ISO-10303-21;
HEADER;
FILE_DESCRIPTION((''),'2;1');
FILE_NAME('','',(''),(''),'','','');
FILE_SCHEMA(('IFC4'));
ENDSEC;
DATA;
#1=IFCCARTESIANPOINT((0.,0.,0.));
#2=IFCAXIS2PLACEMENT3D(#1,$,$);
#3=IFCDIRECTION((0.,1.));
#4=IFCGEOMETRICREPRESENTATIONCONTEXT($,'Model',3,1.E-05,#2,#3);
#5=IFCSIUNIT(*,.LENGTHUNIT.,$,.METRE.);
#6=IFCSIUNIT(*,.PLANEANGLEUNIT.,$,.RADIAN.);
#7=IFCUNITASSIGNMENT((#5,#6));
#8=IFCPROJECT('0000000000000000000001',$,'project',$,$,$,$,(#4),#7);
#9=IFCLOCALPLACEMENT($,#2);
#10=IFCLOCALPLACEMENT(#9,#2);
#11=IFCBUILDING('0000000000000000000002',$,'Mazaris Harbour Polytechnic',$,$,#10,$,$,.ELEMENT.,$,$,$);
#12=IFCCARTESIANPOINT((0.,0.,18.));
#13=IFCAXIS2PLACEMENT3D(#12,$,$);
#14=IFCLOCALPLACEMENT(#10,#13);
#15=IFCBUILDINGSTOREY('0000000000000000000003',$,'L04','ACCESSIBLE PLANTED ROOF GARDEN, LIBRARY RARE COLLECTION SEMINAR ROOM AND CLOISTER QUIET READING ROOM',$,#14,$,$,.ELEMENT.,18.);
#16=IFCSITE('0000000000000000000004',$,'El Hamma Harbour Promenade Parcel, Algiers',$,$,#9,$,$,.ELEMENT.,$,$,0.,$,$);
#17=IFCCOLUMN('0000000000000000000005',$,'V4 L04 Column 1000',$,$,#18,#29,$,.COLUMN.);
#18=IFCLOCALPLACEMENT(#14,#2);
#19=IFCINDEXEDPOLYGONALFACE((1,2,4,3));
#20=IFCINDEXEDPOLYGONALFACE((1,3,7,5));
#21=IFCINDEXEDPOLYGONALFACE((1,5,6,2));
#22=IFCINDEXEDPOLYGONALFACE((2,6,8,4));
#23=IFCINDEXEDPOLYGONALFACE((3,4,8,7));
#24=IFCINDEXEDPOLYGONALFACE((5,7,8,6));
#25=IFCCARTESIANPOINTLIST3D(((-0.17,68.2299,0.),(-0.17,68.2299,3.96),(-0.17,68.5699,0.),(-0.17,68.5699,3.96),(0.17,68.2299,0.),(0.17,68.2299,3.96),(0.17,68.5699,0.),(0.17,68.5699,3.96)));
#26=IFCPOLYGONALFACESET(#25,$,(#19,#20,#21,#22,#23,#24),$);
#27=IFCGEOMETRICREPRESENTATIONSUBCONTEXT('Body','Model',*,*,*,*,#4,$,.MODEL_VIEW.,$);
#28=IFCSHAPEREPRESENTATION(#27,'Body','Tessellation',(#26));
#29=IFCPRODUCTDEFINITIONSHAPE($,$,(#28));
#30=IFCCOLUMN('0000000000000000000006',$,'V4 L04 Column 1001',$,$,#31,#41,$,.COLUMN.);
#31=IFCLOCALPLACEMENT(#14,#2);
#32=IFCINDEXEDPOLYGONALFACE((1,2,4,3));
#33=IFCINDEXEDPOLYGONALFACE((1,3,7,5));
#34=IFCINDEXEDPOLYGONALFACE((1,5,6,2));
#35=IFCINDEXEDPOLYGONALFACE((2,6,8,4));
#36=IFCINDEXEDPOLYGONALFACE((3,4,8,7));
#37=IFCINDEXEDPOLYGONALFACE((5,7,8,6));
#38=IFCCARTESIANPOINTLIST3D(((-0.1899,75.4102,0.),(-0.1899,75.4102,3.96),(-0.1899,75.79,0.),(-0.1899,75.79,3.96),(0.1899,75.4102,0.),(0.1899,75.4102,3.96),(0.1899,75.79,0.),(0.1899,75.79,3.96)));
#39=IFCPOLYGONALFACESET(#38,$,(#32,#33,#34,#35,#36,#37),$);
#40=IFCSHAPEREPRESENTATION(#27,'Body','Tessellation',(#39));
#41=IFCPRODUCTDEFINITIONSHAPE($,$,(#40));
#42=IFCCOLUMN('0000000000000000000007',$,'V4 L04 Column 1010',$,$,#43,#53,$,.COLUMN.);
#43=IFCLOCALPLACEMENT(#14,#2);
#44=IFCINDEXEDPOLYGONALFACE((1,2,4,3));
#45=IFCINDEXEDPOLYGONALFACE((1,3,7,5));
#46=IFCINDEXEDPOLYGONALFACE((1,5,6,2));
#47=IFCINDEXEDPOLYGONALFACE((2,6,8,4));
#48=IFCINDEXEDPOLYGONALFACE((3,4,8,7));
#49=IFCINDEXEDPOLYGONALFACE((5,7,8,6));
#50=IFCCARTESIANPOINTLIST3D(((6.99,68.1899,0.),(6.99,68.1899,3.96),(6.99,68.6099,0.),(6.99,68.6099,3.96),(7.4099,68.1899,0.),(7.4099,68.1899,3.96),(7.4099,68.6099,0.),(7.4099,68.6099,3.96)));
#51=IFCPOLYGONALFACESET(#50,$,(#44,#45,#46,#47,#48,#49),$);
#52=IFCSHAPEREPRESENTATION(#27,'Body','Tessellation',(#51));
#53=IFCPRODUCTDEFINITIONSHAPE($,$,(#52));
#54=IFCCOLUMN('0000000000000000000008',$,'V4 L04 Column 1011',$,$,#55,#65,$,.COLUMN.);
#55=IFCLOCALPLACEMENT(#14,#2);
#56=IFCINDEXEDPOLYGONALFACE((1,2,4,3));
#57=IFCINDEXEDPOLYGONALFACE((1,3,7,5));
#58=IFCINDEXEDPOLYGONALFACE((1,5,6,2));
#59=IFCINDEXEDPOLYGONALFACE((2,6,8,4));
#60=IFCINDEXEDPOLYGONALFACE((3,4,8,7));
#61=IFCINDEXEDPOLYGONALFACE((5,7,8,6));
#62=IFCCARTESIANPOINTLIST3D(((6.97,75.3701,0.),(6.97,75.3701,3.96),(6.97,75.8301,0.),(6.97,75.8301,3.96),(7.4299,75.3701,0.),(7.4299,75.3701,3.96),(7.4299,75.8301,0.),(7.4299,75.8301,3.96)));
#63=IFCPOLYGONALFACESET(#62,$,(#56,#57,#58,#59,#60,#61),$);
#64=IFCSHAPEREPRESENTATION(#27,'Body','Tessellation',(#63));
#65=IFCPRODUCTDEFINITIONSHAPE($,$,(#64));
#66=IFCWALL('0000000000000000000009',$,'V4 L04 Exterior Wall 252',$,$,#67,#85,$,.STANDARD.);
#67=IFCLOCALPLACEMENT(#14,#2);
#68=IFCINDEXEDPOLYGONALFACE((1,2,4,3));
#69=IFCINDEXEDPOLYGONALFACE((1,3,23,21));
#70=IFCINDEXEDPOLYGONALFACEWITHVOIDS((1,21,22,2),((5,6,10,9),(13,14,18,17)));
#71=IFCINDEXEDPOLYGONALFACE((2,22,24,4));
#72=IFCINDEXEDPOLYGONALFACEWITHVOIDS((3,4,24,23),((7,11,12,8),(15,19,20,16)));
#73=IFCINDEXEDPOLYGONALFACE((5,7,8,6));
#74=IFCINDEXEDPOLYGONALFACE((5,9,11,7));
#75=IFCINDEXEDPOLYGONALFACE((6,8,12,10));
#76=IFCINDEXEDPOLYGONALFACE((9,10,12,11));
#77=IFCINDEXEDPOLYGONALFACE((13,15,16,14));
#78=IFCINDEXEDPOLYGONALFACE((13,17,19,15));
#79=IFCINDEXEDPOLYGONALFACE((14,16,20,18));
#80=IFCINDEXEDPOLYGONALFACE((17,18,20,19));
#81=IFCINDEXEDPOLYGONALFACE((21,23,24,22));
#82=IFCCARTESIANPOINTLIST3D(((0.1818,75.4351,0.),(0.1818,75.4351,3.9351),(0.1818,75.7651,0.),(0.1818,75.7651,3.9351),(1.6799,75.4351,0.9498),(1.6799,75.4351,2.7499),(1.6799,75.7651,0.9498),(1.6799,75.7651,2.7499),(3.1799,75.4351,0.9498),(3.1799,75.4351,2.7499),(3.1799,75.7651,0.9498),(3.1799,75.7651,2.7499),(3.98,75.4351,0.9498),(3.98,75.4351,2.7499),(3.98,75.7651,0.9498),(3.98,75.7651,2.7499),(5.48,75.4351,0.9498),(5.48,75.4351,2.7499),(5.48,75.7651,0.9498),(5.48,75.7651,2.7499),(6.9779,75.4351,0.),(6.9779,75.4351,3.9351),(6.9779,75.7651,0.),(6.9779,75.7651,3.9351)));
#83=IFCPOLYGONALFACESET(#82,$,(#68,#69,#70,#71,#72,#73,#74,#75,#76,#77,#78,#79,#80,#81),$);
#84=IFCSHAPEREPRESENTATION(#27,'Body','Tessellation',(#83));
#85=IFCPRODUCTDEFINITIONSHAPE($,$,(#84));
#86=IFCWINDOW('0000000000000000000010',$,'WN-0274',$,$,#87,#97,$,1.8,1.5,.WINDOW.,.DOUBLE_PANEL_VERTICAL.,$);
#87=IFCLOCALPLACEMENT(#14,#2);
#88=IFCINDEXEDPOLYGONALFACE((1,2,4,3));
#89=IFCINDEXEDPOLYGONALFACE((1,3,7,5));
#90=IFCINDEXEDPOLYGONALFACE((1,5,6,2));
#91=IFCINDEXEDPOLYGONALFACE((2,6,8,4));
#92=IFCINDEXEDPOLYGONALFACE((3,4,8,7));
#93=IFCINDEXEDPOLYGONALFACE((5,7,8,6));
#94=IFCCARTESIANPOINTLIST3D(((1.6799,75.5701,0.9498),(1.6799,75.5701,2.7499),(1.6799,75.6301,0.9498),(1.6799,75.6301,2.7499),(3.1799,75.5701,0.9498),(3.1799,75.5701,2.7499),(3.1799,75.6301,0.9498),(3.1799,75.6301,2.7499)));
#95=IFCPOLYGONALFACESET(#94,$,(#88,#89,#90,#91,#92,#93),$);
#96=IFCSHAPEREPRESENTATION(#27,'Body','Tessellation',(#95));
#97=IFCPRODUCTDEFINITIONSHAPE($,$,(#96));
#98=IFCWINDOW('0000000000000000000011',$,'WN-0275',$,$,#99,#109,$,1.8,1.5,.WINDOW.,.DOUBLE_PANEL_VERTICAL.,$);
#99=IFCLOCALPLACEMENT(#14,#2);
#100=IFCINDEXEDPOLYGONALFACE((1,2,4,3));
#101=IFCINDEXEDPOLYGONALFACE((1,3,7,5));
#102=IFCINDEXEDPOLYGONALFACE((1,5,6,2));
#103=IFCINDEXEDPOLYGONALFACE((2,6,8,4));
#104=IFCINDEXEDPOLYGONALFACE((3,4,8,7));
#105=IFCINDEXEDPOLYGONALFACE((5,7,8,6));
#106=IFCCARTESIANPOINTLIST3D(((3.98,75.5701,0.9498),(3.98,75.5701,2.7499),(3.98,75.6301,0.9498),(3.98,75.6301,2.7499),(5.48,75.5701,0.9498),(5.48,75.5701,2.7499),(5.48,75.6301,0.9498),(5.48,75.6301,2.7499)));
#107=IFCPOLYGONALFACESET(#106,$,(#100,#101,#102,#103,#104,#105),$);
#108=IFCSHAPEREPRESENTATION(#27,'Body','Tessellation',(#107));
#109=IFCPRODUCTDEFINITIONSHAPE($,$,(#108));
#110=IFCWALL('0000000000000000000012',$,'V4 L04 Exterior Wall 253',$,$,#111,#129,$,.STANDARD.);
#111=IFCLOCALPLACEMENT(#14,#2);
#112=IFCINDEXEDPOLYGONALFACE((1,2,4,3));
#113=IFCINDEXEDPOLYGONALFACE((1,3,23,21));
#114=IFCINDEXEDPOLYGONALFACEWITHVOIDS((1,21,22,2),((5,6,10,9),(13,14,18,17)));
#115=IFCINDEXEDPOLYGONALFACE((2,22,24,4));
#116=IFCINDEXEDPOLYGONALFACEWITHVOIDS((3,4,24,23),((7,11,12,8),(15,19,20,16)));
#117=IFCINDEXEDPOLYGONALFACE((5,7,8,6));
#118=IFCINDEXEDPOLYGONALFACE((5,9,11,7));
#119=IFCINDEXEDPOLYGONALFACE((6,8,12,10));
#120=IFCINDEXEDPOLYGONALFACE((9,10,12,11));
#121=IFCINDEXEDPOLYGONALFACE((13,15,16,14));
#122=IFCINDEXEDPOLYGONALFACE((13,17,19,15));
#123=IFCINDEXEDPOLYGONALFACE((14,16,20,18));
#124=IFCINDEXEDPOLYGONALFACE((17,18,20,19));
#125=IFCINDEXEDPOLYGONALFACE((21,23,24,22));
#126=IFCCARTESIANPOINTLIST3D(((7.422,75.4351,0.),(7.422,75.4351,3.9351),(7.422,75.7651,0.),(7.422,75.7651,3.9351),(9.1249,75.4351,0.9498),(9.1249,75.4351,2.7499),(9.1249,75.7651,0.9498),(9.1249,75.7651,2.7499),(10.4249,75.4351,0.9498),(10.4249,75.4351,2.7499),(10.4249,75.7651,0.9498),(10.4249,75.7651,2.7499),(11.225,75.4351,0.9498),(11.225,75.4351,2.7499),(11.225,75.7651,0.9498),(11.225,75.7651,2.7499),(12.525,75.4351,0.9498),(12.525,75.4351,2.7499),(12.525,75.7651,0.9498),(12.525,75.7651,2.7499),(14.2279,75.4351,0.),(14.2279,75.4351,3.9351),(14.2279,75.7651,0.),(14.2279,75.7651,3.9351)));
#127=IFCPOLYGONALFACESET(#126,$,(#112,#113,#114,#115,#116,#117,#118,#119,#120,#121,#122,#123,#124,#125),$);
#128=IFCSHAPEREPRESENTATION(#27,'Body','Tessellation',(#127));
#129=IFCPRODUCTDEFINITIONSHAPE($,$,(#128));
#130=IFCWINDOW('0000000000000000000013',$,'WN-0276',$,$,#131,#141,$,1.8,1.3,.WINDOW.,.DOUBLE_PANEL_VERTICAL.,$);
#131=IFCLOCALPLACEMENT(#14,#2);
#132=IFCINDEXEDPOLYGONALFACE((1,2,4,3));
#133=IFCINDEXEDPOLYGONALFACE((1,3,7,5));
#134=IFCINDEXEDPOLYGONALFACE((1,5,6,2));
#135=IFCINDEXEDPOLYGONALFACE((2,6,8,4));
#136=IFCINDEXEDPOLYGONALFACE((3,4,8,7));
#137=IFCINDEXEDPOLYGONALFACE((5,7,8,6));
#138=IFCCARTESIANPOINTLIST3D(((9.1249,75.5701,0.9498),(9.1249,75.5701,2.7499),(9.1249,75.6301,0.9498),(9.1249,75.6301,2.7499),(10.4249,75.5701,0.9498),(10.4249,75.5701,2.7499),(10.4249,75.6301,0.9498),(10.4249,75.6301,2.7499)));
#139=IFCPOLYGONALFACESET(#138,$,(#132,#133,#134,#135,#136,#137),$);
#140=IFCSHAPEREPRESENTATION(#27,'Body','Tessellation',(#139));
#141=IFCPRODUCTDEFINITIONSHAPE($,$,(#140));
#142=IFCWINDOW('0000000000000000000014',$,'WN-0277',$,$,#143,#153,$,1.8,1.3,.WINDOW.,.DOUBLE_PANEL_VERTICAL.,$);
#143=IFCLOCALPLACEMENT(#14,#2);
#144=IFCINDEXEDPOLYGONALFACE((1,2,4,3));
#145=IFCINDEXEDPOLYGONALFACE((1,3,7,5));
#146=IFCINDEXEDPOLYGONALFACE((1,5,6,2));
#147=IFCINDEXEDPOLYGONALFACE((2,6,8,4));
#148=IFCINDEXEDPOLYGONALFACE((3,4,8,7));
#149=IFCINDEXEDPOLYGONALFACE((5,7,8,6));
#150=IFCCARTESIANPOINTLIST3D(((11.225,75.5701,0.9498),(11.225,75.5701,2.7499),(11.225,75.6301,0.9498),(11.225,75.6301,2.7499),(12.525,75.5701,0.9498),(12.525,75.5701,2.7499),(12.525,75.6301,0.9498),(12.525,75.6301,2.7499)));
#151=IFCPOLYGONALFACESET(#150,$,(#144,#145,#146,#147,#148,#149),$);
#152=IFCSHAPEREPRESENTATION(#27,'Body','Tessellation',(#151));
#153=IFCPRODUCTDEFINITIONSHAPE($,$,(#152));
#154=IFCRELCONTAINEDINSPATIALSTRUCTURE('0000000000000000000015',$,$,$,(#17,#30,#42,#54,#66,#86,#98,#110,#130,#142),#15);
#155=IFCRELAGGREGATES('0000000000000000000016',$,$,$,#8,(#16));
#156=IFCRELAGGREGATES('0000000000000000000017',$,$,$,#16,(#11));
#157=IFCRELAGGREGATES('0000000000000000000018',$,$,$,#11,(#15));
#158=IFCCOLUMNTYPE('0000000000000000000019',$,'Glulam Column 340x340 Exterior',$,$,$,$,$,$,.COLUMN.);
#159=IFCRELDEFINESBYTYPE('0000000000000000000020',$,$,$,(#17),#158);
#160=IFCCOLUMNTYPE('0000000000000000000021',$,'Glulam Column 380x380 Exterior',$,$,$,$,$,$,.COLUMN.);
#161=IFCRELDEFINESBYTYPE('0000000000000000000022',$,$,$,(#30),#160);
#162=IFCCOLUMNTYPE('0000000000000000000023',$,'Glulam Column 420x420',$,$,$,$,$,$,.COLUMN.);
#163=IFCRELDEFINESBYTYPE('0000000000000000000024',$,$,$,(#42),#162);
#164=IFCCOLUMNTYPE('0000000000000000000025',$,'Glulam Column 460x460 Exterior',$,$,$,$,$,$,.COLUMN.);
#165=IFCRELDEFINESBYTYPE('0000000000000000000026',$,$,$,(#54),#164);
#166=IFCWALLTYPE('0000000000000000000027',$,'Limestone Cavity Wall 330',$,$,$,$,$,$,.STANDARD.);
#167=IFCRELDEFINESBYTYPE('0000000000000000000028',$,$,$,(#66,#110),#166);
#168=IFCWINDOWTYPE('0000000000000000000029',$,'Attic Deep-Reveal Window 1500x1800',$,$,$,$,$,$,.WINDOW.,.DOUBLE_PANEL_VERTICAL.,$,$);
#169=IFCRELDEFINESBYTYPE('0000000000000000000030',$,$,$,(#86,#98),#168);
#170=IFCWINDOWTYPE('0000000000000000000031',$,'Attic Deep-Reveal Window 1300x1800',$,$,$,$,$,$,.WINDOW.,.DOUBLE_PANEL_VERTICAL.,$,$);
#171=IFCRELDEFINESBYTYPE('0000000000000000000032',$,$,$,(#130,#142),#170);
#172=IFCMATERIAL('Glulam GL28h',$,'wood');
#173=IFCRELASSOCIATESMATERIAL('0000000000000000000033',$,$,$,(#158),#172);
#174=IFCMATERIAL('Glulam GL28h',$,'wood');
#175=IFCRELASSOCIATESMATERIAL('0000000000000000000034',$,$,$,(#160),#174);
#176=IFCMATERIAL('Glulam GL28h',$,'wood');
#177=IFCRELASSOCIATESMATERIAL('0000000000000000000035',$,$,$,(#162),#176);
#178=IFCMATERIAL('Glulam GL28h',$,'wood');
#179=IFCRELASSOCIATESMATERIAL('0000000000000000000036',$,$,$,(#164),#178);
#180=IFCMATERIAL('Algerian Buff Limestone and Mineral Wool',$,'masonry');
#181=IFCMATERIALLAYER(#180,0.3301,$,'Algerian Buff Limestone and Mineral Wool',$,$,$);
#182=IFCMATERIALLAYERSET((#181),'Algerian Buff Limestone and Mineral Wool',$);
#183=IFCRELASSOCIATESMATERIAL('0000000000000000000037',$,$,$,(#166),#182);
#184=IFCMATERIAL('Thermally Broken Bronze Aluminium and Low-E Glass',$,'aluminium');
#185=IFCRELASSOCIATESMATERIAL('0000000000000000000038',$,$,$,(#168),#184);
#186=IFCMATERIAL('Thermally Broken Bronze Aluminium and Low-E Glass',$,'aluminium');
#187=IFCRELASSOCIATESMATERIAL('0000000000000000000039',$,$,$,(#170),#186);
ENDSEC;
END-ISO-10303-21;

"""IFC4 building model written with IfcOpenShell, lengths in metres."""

from ifc_helpers import new_model, si_unit, direction, frame, frame_2d, origin, origin_2d, place, context, subcontext, project, spatial, rectangle, extrude, material, layer, layer_set, material_profile, profile_set, type_object, element, fill, save


model = new_model("IFC4")

# Units and contexts
model_context = context("Model", 3, precision=1e-05, world=origin(), true_north=direction((0.0, 1.0)))
body_context = subcontext(model_context, "Body", "Model", "MODEL_VIEW")
ifc_project = project(units=[si_unit("LENGTHUNIT", "METRE"), si_unit("PLANEANGLEUNIT", "RADIAN")], contexts=[model_context])

# Site, building, storey
site_placement = place(None, origin())
site = spatial("IfcSite", under=ifc_project, at=site_placement, Name="El Hamma Harbour Promenade Parcel, Algiers", CompositionType="ELEMENT", RefElevation=0.0)
building_placement = place(site_placement, origin())
building = spatial("IfcBuilding", under=site, at=building_placement, Name="Mazaris Harbour Polytechnic", CompositionType="ELEMENT")
storey_placement = place(building_placement, frame((0.0, 0.0, 18.0)))
storey = spatial("IfcBuildingStorey", under=building, at=storey_placement, Name="L04", Description="ACCESSIBLE PLANTED ROOF GARDEN, LIBRARY RARE COLLECTION SEMINAR ROOM AND CLOISTER QUIET READING ROOM", CompositionType="ELEMENT", Elevation=18.0)

# Columns
ifc_material_1 = material(Name="Glulam GL28h", Category="wood")
ifc_material_profile_1 = material_profile(ifc_material_1, rectangle(XDim=0.3401, YDim=0.3401, at=origin_2d()), Name="RECT340x340")
ifc_profile_set_1 = profile_set([ifc_material_profile_1], Name="Glulam GL28h")
column_type_1 = type_object("IfcColumnType", Name="Glulam Column 340x340 Exterior", PredefinedType="COLUMN", material=ifc_profile_set_1)
column_1_placement = place(storey_placement, frame((0.0, 68.3999, 0.0), z_axis=(0.0, 0.0, 1.0), x_axis=(1.0, 0.0, 0.0)))
element("IfcColumn", 1, at=column_1_placement, inside=storey, type_object=column_type_1, Name="V4 L04 Column 1000", PredefinedType="COLUMN", context=body_context, shape_type="SweptSolid", body=[
    extrude(rectangle(XDim=0.3401, YDim=0.3401, at=origin_2d()), origin(), (0.0, 0.0, 1.0), 3.96),
])
ifc_material_2 = material(Name="Glulam GL28h", Category="wood")
ifc_material_profile_2 = material_profile(ifc_material_2, rectangle(XDim=0.3799, YDim=0.3799, at=origin_2d()), Name="RECT380x380")
ifc_profile_set_2 = profile_set([ifc_material_profile_2], Name="Glulam GL28h")
column_type_2 = type_object("IfcColumnType", Name="Glulam Column 380x380 Exterior", PredefinedType="COLUMN", material=ifc_profile_set_2)
column_2_placement = place(storey_placement, frame((0.0, 75.6001, 0.0), z_axis=(0.0, 0.0, 1.0), x_axis=(1.0, 0.0, 0.0)))
element("IfcColumn", 2, at=column_2_placement, inside=storey, type_object=column_type_2, Name="V4 L04 Column 1001", PredefinedType="COLUMN", context=body_context, shape_type="SweptSolid", body=[
    extrude(rectangle(XDim=0.3799, YDim=0.3799, at=origin_2d()), origin(), (0.0, 0.0, 1.0), 3.96),
])
ifc_material_3 = material(Name="Glulam GL28h", Category="wood")
ifc_material_profile_3 = material_profile(ifc_material_3, rectangle(XDim=0.4199, YDim=0.4199, at=origin_2d()), Name="RECT420x420")
ifc_profile_set_3 = profile_set([ifc_material_profile_3], Name="Glulam GL28h")
column_type_3 = type_object("IfcColumnType", Name="Glulam Column 420x420", PredefinedType="COLUMN", material=ifc_profile_set_3)
column_3_placement = place(storey_placement, frame((7.2, 68.3999, 0.0), z_axis=(0.0, 0.0, 1.0), x_axis=(1.0, 0.0, 0.0)))
element("IfcColumn", 3, at=column_3_placement, inside=storey, type_object=column_type_3, Name="V4 L04 Column 1010", PredefinedType="COLUMN", context=body_context, shape_type="SweptSolid", body=[
    extrude(rectangle(XDim=0.4199, YDim=0.4199, at=origin_2d()), origin(), (0.0, 0.0, 1.0), 3.96),
])
ifc_material_4 = material(Name="Glulam GL28h", Category="wood")
ifc_material_profile_4 = material_profile(ifc_material_4, rectangle(XDim=0.46, YDim=0.46, at=origin_2d()), Name="RECT460x460")
ifc_profile_set_4 = profile_set([ifc_material_profile_4], Name="Glulam GL28h")
column_type_4 = type_object("IfcColumnType", Name="Glulam Column 460x460 Exterior", PredefinedType="COLUMN", material=ifc_profile_set_4)
column_4_placement = place(storey_placement, frame((7.2, 75.6001, 0.0), z_axis=(0.0, 0.0, 1.0), x_axis=(1.0, 0.0, 0.0)))
element("IfcColumn", 4, at=column_4_placement, inside=storey, type_object=column_type_4, Name="V4 L04 Column 1011", PredefinedType="COLUMN", context=body_context, shape_type="SweptSolid", body=[
    extrude(rectangle(XDim=0.46, YDim=0.46, at=origin_2d()), origin(), (0.0, 0.0, 1.0), 3.96),
])

# Walls, openings, windows
ifc_material_5 = material(Name="Algerian Buff Limestone and Mineral Wool", Category="masonry")
ifc_layer = layer(ifc_material_5, 0.3301, Name="Algerian Buff Limestone and Mineral Wool")
ifc_layer_set = layer_set([ifc_layer], Name="Algerian Buff Limestone and Mineral Wool")
wall_type = type_object("IfcWallType", Name="Limestone Cavity Wall 330", PredefinedType="STANDARD", material=ifc_layer_set)
wall_1_placement = place(storey_placement, frame((0.1819, 75.6001, 0.0), z_axis=(0.0, 0.0, 1.0), x_axis=(1.0, 0.0, 0.0)))
wall_1 = element("IfcWall", 5, at=wall_1_placement, inside=storey, type_object=wall_type, Name="V4 L04 Exterior Wall 252", PredefinedType="STANDARD", context=body_context, shape_type="SweptSolid", body=[
    extrude(rectangle(XDim=6.7961, YDim=0.3301, at=frame_2d((3.3979, 0.0))), origin(), (0.0, 0.0, 1.0), 3.9351),
])
opening_1_placement = place(wall_1_placement, frame((1.498, 0.0, 0.95)))
opening_1 = element("IfcOpeningElement", 6, at=opening_1_placement, cuts=wall_1, PredefinedType="OPENING", context=body_context, shape_type="SweptSolid", body=[
    extrude(rectangle(XDim=1.5, YDim=1.8, at=frame_2d((0.75, 0.8999))), frame((0.0, 0.175, 0.0), z_axis=(0.0, -1.0, 0.0), x_axis=(1.0, 0.0, 0.0)), (0.0, 0.0, 1.0), 0.3501),
])
opening_2_placement = place(wall_1_placement, frame((3.7981, 0.0, 0.95)))
opening_2 = element("IfcOpeningElement", 7, at=opening_2_placement, cuts=wall_1, PredefinedType="OPENING", context=body_context, shape_type="SweptSolid", body=[
    extrude(rectangle(XDim=1.5, YDim=1.8, at=frame_2d((0.75, 0.8999))), frame((0.0, 0.175, 0.0), z_axis=(0.0, -1.0, 0.0), x_axis=(1.0, 0.0, 0.0)), (0.0, 0.0, 1.0), 0.3501),
])
ifc_material_6 = material(Name="Thermally Broken Bronze Aluminium and Low-E Glass", Category="aluminium")
window_type_1 = type_object("IfcWindowType", Name="Attic Deep-Reveal Window 1500x1800", PartitioningType="DOUBLE_PANEL_VERTICAL", PredefinedType="WINDOW", material=ifc_material_6)
window_1_placement = place(opening_1_placement, origin())
window_1 = element("IfcWindow", 8, at=window_1_placement, inside=storey, type_object=window_type_1, Name="WN-0274", OverallHeight=1.8, OverallWidth=1.5, PartitioningType="DOUBLE_PANEL_VERTICAL", PredefinedType="WINDOW", context=body_context, shape_type="SweptSolid", body=[
    extrude(rectangle(XDim=1.5, YDim=1.8, at=frame_2d((0.75, 0.8999))), frame((0.0, 0.03, 0.0), z_axis=(0.0, -1.0, 0.0), x_axis=(1.0, 0.0, 0.0)), (0.0, 0.0, 1.0), 0.0601),
])
fill(opening_1, window_1)
window_2_placement = place(opening_2_placement, origin())
window_2 = element("IfcWindow", 9, at=window_2_placement, inside=storey, type_object=window_type_1, Name="WN-0275", OverallHeight=1.8, OverallWidth=1.5, PartitioningType="DOUBLE_PANEL_VERTICAL", PredefinedType="WINDOW", context=body_context, shape_type="SweptSolid", body=[
    extrude(rectangle(XDim=1.5, YDim=1.8, at=frame_2d((0.75, 0.8999))), frame((0.0, 0.03, 0.0), z_axis=(0.0, -1.0, 0.0), x_axis=(1.0, 0.0, 0.0)), (0.0, 0.0, 1.0), 0.0601),
])
fill(opening_2, window_2)
wall_2_placement = place(storey_placement, frame((7.4221, 75.6001, 0.0), z_axis=(0.0, 0.0, 1.0), x_axis=(1.0, 0.0, 0.0)))
wall_2 = element("IfcWall", 10, at=wall_2_placement, inside=storey, type_object=wall_type, Name="V4 L04 Exterior Wall 253", PredefinedType="STANDARD", context=body_context, shape_type="SweptSolid", body=[
    extrude(rectangle(XDim=6.8059, YDim=0.3301, at=frame_2d((3.4028, 0.0))), origin(), (0.0, 0.0, 1.0), 3.9351),
])
opening_3_placement = place(wall_2_placement, frame((1.7029, 0.0, 0.95)))
opening_3 = element("IfcOpeningElement", 11, at=opening_3_placement, cuts=wall_2, PredefinedType="OPENING", context=body_context, shape_type="SweptSolid", body=[
    extrude(rectangle(XDim=1.3, YDim=1.8, at=frame_2d((0.6499, 0.8999))), frame((0.0, 0.175, 0.0), z_axis=(0.0, -1.0, 0.0), x_axis=(1.0, 0.0, 0.0)), (0.0, 0.0, 1.0), 0.3501),
])
opening_4_placement = place(wall_2_placement, frame((3.803, 0.0, 0.95)))
opening_4 = element("IfcOpeningElement", 12, at=opening_4_placement, cuts=wall_2, PredefinedType="OPENING", context=body_context, shape_type="SweptSolid", body=[
    extrude(rectangle(XDim=1.3, YDim=1.8, at=frame_2d((0.6499, 0.8999))), frame((0.0, 0.175, 0.0), z_axis=(0.0, -1.0, 0.0), x_axis=(1.0, 0.0, 0.0)), (0.0, 0.0, 1.0), 0.3501),
])
ifc_material_7 = material(Name="Thermally Broken Bronze Aluminium and Low-E Glass", Category="aluminium")
window_type_2 = type_object("IfcWindowType", Name="Attic Deep-Reveal Window 1300x1800", PartitioningType="DOUBLE_PANEL_VERTICAL", PredefinedType="WINDOW", material=ifc_material_7)
window_3_placement = place(opening_3_placement, origin())
window_3 = element("IfcWindow", 13, at=window_3_placement, inside=storey, type_object=window_type_2, Name="WN-0276", OverallHeight=1.8, OverallWidth=1.3, PartitioningType="DOUBLE_PANEL_VERTICAL", PredefinedType="WINDOW", context=body_context, shape_type="SweptSolid", body=[
    extrude(rectangle(XDim=1.3, YDim=1.8, at=frame_2d((0.6499, 0.8999))), frame((0.0, 0.03, 0.0), z_axis=(0.0, -1.0, 0.0), x_axis=(1.0, 0.0, 0.0)), (0.0, 0.0, 1.0), 0.0601),
])
fill(opening_3, window_3)
window_4_placement = place(opening_4_placement, origin())
window_4 = element("IfcWindow", 14, at=window_4_placement, inside=storey, type_object=window_type_2, Name="WN-0277", OverallHeight=1.8, OverallWidth=1.3, PartitioningType="DOUBLE_PANEL_VERTICAL", PredefinedType="WINDOW", context=body_context, shape_type="SweptSolid", body=[
    extrude(rectangle(XDim=1.3, YDim=1.8, at=frame_2d((0.6499, 0.8999))), frame((0.0, 0.03, 0.0), z_axis=(0.0, -1.0, 0.0), x_axis=(1.0, 0.0, 0.0)), (0.0, 0.0, 1.0), 0.0601),
])
fill(opening_4, window_4)

save(model, "model.ifc")
